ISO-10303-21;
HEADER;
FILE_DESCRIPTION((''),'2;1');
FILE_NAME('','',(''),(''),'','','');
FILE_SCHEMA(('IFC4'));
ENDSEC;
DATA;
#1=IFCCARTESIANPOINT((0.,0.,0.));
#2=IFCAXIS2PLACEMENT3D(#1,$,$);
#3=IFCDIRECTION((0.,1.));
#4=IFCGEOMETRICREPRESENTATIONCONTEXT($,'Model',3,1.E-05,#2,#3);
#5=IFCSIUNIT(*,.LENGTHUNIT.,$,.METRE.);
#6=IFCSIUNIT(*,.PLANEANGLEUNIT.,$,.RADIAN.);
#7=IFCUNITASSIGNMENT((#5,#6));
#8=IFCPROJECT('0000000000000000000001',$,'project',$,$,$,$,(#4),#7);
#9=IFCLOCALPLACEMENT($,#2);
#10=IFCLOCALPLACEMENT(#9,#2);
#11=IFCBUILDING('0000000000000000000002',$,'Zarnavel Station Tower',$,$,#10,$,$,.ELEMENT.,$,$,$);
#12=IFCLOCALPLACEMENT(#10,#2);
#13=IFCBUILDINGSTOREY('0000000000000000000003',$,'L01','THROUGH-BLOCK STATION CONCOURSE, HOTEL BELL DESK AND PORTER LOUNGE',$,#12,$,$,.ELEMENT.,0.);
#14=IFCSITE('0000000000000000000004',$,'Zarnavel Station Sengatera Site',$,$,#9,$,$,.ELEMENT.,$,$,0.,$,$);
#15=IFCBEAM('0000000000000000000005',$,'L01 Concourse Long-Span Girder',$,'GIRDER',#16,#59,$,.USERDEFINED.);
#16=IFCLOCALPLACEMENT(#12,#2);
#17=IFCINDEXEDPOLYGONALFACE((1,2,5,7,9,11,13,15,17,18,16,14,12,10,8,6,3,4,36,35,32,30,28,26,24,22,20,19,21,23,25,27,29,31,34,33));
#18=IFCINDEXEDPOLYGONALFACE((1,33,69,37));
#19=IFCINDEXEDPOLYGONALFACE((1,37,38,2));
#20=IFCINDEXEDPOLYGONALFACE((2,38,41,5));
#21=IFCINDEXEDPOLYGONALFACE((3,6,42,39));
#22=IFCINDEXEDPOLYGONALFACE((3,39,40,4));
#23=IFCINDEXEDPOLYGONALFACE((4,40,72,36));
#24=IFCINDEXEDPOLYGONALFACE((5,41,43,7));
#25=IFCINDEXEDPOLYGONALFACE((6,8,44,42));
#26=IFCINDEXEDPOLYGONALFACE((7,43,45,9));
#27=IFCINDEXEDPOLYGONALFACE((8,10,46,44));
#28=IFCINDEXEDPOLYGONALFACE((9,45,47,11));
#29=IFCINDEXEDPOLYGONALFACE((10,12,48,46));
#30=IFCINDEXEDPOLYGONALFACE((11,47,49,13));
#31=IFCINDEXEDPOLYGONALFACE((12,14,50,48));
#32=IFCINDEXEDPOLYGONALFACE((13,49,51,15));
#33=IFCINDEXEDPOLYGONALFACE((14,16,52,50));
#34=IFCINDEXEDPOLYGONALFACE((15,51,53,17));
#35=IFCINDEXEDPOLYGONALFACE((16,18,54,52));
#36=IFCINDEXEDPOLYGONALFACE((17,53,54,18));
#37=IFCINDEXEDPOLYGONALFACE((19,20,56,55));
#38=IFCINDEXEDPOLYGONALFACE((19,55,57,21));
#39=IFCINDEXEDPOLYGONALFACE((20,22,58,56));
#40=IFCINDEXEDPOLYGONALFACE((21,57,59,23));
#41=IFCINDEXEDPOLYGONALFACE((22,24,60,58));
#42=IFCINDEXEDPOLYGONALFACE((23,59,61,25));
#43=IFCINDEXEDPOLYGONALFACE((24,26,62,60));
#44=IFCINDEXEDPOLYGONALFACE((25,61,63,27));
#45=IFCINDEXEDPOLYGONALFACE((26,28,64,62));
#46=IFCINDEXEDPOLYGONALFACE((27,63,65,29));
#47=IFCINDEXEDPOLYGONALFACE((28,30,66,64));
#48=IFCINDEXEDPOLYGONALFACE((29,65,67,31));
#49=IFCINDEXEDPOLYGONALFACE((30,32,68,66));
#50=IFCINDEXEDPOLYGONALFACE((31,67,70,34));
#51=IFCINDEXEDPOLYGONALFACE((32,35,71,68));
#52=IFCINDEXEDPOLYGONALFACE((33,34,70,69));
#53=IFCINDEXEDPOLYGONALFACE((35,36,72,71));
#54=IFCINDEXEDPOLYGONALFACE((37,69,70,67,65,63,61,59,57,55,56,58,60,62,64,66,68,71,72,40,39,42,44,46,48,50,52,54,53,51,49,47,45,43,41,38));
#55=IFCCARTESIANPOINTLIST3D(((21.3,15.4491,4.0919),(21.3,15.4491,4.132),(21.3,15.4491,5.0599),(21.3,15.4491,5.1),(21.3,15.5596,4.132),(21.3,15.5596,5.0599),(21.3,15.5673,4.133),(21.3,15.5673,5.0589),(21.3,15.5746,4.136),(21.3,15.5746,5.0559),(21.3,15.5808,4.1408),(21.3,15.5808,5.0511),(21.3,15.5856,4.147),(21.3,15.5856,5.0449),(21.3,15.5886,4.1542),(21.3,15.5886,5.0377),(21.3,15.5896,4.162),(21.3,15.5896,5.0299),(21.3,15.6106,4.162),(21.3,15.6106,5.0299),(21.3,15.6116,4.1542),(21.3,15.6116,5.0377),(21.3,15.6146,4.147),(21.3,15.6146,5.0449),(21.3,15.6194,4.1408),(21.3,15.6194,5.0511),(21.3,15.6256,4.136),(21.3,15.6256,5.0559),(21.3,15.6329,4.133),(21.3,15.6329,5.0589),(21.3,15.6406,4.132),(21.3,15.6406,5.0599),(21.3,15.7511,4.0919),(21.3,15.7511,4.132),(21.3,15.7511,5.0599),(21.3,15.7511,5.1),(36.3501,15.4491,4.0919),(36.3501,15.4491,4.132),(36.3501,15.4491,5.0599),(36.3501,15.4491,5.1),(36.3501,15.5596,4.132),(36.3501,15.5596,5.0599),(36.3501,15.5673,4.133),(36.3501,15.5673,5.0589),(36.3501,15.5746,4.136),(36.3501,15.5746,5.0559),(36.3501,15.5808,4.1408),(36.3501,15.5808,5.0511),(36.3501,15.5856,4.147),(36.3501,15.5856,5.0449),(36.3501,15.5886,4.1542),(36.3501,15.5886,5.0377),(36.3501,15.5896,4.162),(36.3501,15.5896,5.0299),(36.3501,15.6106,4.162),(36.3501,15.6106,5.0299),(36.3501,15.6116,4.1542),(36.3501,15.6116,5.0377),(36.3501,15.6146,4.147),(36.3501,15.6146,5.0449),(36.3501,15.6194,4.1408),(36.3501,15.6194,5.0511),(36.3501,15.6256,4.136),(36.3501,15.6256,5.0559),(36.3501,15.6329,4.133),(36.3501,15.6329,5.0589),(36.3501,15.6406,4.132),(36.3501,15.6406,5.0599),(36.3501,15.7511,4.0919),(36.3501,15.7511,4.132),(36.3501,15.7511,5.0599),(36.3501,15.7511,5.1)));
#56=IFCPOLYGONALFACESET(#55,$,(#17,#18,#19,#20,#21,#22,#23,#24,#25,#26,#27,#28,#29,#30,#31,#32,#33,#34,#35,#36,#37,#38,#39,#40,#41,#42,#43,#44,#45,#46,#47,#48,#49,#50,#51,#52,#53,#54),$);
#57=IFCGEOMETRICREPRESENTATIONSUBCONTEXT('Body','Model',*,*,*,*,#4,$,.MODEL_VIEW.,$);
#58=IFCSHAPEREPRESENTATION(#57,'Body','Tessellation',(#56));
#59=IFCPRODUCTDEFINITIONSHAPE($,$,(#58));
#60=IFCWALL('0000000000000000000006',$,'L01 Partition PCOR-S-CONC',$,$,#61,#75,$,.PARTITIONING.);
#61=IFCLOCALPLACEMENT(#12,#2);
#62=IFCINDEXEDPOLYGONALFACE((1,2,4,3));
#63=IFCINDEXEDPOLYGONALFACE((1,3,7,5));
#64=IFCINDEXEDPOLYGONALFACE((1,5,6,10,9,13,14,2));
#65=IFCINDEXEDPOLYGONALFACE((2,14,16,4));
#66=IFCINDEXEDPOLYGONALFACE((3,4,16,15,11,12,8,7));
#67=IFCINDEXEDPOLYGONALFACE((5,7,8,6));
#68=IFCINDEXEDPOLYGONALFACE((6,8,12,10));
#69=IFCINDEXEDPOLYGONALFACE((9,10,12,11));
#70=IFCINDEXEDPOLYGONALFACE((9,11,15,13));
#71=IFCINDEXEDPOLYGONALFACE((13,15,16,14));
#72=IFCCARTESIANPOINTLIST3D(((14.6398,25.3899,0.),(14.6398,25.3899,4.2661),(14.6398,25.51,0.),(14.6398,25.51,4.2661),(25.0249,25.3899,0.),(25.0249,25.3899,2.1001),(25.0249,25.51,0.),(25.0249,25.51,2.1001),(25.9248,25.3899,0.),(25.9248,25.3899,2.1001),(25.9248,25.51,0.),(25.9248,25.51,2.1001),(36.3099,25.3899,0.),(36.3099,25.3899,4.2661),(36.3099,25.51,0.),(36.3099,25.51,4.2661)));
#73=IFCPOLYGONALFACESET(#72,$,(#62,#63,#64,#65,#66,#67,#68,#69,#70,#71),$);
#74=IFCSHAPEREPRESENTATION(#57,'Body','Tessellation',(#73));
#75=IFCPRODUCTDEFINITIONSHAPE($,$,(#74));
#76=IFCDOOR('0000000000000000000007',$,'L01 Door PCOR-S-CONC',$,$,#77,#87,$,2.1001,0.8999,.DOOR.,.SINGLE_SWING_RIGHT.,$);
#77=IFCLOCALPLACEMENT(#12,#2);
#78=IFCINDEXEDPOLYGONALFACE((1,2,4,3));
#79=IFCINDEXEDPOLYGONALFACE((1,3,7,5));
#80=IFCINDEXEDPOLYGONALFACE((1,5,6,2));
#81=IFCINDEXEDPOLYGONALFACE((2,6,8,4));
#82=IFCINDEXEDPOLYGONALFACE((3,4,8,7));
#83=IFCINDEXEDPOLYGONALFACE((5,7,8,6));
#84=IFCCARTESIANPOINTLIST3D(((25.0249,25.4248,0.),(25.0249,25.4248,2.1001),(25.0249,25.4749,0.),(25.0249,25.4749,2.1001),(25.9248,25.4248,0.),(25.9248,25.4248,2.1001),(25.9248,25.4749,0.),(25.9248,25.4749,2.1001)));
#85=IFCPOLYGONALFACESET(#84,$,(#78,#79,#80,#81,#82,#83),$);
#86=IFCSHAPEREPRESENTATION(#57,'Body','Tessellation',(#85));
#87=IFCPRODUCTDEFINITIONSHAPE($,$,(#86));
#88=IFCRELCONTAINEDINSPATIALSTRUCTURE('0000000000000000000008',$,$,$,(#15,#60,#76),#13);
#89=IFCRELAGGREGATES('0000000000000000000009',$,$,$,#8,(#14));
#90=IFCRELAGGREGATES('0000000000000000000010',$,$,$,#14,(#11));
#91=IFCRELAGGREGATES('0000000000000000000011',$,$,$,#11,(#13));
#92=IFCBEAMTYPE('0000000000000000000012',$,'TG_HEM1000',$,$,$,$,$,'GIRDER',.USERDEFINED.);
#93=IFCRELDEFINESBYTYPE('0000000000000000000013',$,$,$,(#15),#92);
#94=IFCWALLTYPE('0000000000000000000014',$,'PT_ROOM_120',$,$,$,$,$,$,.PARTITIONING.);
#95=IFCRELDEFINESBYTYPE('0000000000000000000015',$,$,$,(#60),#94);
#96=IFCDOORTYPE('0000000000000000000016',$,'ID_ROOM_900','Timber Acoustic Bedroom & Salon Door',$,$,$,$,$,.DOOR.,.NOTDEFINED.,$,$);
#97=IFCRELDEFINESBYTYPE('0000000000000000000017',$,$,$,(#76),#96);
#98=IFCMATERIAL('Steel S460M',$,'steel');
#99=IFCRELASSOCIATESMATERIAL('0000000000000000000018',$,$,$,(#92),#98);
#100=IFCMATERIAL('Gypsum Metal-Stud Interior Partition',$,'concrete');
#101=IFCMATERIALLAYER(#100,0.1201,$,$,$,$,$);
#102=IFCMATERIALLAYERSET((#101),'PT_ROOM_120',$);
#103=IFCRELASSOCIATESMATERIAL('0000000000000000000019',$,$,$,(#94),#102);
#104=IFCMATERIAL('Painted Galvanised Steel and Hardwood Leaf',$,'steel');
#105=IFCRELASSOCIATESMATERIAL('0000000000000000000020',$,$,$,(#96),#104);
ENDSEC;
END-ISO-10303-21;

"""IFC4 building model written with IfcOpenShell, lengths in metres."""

from ifc_helpers import new_model, si_unit, direction, frame, frame_2d, origin, origin_2d, place, context, subcontext, project, spatial, rectangle, i_section, extrude, material, layer, layer_set, material_profile, profile_set, type_object, element, fill, save


model = new_model("IFC4")

# Units and contexts
model_context = context("Model", 3, precision=1e-05, world=origin(), true_north=direction((0.0, 1.0)))
body_context = subcontext(model_context, "Body", "Model", "MODEL_VIEW")
ifc_project = project(units=[si_unit("LENGTHUNIT", "METRE"), si_unit("PLANEANGLEUNIT", "RADIAN")], contexts=[model_context])

# Site, building, storey
site_placement = place(None, origin())
site = spatial("IfcSite", under=ifc_project, at=site_placement, Name="Zarnavel Station Sengatera Site", CompositionType="ELEMENT", RefElevation=0.0)
building_placement = place(site_placement, origin())
building = spatial("IfcBuilding", under=site, at=building_placement, Name="Zarnavel Station Tower", CompositionType="ELEMENT")
storey_placement = place(building_placement, origin())
storey = spatial("IfcBuildingStorey", under=building, at=storey_placement, Name="L01", Description="THROUGH-BLOCK STATION CONCOURSE, HOTEL BELL DESK AND PORTER LOUNGE", CompositionType="ELEMENT", Elevation=0.0)

# Beam
ifc_material_1 = material(Name="Steel S460M", Category="steel")
ifc_material_profile_1 = material_profile(ifc_material_1, i_section(OverallWidth=0.302, OverallDepth=1.0081, WebThickness=0.021, FlangeThickness=0.04, FilletRadius=0.03, at=origin_2d()), Name="HEM1000")
ifc_profile_set_1 = profile_set([ifc_material_profile_1], Name="Steel S460M")
beam_type_1 = type_object("IfcBeamType", Name="TG_HEM1000", ElementType="GIRDER", PredefinedType="USERDEFINED", material=ifc_profile_set_1)
beam_1_placement = place(storey_placement, frame((21.3, 15.6001, 4.5959), z_axis=(1.0, 0.0, 0.0), x_axis=(0.0, 1.0, 0.0)))
element("IfcBeam", 1, at=beam_1_placement, inside=storey, type_object=beam_type_1, Name="L01 Concourse Long-Span Girder", ObjectType="GIRDER", PredefinedType="USERDEFINED", context=body_context, shape_type="SweptSolid", body=[
    extrude(i_section(OverallWidth=0.302, OverallDepth=1.0081, WebThickness=0.021, FlangeThickness=0.04, FilletRadius=0.03, at=origin_2d()), origin(), (0.0, 0.0, 1.0), 15.05),
])

# Wall, opening, door
ifc_material_2 = material(Name="Gypsum Metal-Stud Interior Partition", Category="concrete")
ifc_layer_1 = layer(ifc_material_2, 0.1201)
ifc_layer_set_1 = layer_set([ifc_layer_1], Name="PT_ROOM_120")
wall_type_1 = type_object("IfcWallType", Name="PT_ROOM_120", PredefinedType="PARTITIONING", material=ifc_layer_set_1)
wall_1_placement = place(storey_placement, frame((14.6399, 25.45, 0.0), z_axis=(0.0, 0.0, 1.0), x_axis=(1.0, 0.0, 0.0)))
wall_1 = element("IfcWall", 2, at=wall_1_placement, inside=storey, type_object=wall_type_1, Name="L01 Partition PCOR-S-CONC", PredefinedType="PARTITIONING", context=body_context, shape_type="SweptSolid", body=[
    extrude(rectangle(XDim=21.6702, YDim=0.1201, at=frame_2d((10.835, 0.0))), origin(), (0.0, 0.0, 1.0), 4.2661),
])
opening_1_placement = place(wall_1_placement, frame((10.385, 0.0, 0.0)))
opening_1 = element("IfcOpeningElement", 3, at=opening_1_placement, cuts=wall_1, PredefinedType="OPENING", context=body_context, shape_type="SweptSolid", body=[
    extrude(rectangle(XDim=0.8999, YDim=2.1001, at=frame_2d((0.45, 1.05))), frame((0.0, 0.0701, 0.0), z_axis=(0.0, -1.0, 0.0), x_axis=(1.0, 0.0, 0.0)), (0.0, 0.0, 1.0), 0.1401),
])
ifc_material_3 = material(Name="Painted Galvanised Steel and Hardwood Leaf", Category="steel")
door_type_1 = type_object("IfcDoorType", Name="ID_ROOM_900", Description="Timber Acoustic Bedroom & Salon Door", OperationType="NOTDEFINED", PredefinedType="DOOR", material=ifc_material_3)
door_1_placement = place(opening_1_placement, origin())
door_1 = element("IfcDoor", 4, at=door_1_placement, inside=storey, type_object=door_type_1, Name="L01 Door PCOR-S-CONC", OperationType="SINGLE_SWING_RIGHT", OverallHeight=2.1001, OverallWidth=0.8999, PredefinedType="DOOR", context=body_context, shape_type="SweptSolid", body=[
    extrude(rectangle(XDim=0.8999, YDim=2.1001, at=frame_2d((0.45, 1.05))), frame((0.0, 0.0249, 0.0), z_axis=(0.0, -1.0, 0.0), x_axis=(1.0, 0.0, 0.0)), (0.0, 0.0, 1.0), 0.05),
])
fill(opening_1, door_1)

save(model, "model.ifc")
